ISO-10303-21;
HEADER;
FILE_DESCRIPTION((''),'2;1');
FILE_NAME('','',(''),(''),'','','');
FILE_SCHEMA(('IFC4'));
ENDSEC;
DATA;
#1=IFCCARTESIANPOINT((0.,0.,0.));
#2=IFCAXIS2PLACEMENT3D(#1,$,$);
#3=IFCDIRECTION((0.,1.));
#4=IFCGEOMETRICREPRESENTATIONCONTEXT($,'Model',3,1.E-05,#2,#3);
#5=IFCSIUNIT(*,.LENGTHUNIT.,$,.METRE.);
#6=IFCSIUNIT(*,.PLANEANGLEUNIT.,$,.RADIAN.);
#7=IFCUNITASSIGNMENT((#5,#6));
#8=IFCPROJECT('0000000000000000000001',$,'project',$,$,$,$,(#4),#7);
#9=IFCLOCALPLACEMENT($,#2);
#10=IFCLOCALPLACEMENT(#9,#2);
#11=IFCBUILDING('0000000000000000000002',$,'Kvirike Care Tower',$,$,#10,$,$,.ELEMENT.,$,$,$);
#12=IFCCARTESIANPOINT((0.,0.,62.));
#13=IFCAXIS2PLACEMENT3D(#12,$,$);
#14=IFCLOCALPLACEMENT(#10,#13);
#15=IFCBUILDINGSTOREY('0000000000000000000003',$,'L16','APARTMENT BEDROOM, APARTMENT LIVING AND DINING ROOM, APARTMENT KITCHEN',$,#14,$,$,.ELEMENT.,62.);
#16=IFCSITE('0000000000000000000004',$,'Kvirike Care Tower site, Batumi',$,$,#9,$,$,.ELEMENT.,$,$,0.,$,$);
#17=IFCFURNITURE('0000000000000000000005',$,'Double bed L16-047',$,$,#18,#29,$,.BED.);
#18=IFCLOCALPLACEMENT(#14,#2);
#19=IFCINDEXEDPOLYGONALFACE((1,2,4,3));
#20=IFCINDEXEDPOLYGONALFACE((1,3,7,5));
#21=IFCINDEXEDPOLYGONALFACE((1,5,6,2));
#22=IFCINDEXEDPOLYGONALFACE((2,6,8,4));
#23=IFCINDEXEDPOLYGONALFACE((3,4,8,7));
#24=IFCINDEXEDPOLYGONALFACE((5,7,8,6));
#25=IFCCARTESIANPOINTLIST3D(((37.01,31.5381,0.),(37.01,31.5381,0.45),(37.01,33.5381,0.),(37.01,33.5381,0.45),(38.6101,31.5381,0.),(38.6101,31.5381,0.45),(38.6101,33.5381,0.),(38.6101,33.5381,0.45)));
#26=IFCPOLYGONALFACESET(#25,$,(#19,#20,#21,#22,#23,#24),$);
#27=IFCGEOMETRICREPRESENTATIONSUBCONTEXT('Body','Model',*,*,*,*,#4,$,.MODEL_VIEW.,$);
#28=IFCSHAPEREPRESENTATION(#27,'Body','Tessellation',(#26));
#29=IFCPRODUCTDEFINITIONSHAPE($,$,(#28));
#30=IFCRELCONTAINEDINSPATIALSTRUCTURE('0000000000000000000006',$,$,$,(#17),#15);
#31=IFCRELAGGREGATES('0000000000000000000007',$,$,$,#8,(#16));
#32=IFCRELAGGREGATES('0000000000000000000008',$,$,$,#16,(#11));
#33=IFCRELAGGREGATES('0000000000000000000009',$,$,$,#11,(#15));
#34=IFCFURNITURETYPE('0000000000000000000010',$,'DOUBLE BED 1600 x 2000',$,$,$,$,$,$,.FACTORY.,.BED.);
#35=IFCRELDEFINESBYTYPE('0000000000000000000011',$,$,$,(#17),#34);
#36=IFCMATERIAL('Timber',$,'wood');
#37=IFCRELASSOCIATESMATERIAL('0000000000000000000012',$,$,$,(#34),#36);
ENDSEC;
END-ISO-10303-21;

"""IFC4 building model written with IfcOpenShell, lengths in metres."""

from ifc_helpers import new_model, si_unit, direction, frame, origin, origin_2d, place, context, subcontext, project, spatial, rectangle, extrude, material, type_object, element, save


model = new_model("IFC4")

# Units and contexts
model_context = context("Model", 3, precision=1e-05, world=origin(), true_north=direction((0.0, 1.0)))
body_context = subcontext(model_context, "Body", "Model", "MODEL_VIEW")
ifc_project = project(units=[si_unit("LENGTHUNIT", "METRE"), si_unit("PLANEANGLEUNIT", "RADIAN")], contexts=[model_context])

# Site, building, storey
site_placement = place(None, origin())
site = spatial("IfcSite", under=ifc_project, at=site_placement, Name="Kvirike Care Tower site, Batumi", CompositionType="ELEMENT", RefElevation=0.0)
building_placement = place(site_placement, origin())
building = spatial("IfcBuilding", under=site, at=building_placement, Name="Kvirike Care Tower", CompositionType="ELEMENT")
storey_placement = place(building_placement, frame((0.0, 0.0, 62.0)))
storey = spatial("IfcBuildingStorey", under=building, at=storey_placement, Name="L16", Description="APARTMENT BEDROOM, APARTMENT LIVING AND DINING ROOM, APARTMENT KITCHEN", CompositionType="ELEMENT", Elevation=62.0)

# Furniture
ifc_material_1 = material(Name="Timber", Category="wood")
furniture_type = type_object("IfcFurnitureType", Name="DOUBLE BED 1600 x 2000", AssemblyPlace="FACTORY", PredefinedType="BED", material=ifc_material_1)
furniture_placement = place(storey_placement, frame((37.8101, 32.5381, 0.0), z_axis=(0.0, 0.0, 1.0), x_axis=(1.0, 0.0, 0.0)))
element("IfcFurniture", 1, at=furniture_placement, inside=storey, type_object=furniture_type, Name="Double bed L16-047", PredefinedType="BED", context=body_context, shape_type="SweptSolid", body=[
    extrude(rectangle(XDim=1.6001, YDim=2.0, at=origin_2d()), origin(), (0.0, 0.0, 1.0), 0.45),
])

save(model, "model.ifc")
